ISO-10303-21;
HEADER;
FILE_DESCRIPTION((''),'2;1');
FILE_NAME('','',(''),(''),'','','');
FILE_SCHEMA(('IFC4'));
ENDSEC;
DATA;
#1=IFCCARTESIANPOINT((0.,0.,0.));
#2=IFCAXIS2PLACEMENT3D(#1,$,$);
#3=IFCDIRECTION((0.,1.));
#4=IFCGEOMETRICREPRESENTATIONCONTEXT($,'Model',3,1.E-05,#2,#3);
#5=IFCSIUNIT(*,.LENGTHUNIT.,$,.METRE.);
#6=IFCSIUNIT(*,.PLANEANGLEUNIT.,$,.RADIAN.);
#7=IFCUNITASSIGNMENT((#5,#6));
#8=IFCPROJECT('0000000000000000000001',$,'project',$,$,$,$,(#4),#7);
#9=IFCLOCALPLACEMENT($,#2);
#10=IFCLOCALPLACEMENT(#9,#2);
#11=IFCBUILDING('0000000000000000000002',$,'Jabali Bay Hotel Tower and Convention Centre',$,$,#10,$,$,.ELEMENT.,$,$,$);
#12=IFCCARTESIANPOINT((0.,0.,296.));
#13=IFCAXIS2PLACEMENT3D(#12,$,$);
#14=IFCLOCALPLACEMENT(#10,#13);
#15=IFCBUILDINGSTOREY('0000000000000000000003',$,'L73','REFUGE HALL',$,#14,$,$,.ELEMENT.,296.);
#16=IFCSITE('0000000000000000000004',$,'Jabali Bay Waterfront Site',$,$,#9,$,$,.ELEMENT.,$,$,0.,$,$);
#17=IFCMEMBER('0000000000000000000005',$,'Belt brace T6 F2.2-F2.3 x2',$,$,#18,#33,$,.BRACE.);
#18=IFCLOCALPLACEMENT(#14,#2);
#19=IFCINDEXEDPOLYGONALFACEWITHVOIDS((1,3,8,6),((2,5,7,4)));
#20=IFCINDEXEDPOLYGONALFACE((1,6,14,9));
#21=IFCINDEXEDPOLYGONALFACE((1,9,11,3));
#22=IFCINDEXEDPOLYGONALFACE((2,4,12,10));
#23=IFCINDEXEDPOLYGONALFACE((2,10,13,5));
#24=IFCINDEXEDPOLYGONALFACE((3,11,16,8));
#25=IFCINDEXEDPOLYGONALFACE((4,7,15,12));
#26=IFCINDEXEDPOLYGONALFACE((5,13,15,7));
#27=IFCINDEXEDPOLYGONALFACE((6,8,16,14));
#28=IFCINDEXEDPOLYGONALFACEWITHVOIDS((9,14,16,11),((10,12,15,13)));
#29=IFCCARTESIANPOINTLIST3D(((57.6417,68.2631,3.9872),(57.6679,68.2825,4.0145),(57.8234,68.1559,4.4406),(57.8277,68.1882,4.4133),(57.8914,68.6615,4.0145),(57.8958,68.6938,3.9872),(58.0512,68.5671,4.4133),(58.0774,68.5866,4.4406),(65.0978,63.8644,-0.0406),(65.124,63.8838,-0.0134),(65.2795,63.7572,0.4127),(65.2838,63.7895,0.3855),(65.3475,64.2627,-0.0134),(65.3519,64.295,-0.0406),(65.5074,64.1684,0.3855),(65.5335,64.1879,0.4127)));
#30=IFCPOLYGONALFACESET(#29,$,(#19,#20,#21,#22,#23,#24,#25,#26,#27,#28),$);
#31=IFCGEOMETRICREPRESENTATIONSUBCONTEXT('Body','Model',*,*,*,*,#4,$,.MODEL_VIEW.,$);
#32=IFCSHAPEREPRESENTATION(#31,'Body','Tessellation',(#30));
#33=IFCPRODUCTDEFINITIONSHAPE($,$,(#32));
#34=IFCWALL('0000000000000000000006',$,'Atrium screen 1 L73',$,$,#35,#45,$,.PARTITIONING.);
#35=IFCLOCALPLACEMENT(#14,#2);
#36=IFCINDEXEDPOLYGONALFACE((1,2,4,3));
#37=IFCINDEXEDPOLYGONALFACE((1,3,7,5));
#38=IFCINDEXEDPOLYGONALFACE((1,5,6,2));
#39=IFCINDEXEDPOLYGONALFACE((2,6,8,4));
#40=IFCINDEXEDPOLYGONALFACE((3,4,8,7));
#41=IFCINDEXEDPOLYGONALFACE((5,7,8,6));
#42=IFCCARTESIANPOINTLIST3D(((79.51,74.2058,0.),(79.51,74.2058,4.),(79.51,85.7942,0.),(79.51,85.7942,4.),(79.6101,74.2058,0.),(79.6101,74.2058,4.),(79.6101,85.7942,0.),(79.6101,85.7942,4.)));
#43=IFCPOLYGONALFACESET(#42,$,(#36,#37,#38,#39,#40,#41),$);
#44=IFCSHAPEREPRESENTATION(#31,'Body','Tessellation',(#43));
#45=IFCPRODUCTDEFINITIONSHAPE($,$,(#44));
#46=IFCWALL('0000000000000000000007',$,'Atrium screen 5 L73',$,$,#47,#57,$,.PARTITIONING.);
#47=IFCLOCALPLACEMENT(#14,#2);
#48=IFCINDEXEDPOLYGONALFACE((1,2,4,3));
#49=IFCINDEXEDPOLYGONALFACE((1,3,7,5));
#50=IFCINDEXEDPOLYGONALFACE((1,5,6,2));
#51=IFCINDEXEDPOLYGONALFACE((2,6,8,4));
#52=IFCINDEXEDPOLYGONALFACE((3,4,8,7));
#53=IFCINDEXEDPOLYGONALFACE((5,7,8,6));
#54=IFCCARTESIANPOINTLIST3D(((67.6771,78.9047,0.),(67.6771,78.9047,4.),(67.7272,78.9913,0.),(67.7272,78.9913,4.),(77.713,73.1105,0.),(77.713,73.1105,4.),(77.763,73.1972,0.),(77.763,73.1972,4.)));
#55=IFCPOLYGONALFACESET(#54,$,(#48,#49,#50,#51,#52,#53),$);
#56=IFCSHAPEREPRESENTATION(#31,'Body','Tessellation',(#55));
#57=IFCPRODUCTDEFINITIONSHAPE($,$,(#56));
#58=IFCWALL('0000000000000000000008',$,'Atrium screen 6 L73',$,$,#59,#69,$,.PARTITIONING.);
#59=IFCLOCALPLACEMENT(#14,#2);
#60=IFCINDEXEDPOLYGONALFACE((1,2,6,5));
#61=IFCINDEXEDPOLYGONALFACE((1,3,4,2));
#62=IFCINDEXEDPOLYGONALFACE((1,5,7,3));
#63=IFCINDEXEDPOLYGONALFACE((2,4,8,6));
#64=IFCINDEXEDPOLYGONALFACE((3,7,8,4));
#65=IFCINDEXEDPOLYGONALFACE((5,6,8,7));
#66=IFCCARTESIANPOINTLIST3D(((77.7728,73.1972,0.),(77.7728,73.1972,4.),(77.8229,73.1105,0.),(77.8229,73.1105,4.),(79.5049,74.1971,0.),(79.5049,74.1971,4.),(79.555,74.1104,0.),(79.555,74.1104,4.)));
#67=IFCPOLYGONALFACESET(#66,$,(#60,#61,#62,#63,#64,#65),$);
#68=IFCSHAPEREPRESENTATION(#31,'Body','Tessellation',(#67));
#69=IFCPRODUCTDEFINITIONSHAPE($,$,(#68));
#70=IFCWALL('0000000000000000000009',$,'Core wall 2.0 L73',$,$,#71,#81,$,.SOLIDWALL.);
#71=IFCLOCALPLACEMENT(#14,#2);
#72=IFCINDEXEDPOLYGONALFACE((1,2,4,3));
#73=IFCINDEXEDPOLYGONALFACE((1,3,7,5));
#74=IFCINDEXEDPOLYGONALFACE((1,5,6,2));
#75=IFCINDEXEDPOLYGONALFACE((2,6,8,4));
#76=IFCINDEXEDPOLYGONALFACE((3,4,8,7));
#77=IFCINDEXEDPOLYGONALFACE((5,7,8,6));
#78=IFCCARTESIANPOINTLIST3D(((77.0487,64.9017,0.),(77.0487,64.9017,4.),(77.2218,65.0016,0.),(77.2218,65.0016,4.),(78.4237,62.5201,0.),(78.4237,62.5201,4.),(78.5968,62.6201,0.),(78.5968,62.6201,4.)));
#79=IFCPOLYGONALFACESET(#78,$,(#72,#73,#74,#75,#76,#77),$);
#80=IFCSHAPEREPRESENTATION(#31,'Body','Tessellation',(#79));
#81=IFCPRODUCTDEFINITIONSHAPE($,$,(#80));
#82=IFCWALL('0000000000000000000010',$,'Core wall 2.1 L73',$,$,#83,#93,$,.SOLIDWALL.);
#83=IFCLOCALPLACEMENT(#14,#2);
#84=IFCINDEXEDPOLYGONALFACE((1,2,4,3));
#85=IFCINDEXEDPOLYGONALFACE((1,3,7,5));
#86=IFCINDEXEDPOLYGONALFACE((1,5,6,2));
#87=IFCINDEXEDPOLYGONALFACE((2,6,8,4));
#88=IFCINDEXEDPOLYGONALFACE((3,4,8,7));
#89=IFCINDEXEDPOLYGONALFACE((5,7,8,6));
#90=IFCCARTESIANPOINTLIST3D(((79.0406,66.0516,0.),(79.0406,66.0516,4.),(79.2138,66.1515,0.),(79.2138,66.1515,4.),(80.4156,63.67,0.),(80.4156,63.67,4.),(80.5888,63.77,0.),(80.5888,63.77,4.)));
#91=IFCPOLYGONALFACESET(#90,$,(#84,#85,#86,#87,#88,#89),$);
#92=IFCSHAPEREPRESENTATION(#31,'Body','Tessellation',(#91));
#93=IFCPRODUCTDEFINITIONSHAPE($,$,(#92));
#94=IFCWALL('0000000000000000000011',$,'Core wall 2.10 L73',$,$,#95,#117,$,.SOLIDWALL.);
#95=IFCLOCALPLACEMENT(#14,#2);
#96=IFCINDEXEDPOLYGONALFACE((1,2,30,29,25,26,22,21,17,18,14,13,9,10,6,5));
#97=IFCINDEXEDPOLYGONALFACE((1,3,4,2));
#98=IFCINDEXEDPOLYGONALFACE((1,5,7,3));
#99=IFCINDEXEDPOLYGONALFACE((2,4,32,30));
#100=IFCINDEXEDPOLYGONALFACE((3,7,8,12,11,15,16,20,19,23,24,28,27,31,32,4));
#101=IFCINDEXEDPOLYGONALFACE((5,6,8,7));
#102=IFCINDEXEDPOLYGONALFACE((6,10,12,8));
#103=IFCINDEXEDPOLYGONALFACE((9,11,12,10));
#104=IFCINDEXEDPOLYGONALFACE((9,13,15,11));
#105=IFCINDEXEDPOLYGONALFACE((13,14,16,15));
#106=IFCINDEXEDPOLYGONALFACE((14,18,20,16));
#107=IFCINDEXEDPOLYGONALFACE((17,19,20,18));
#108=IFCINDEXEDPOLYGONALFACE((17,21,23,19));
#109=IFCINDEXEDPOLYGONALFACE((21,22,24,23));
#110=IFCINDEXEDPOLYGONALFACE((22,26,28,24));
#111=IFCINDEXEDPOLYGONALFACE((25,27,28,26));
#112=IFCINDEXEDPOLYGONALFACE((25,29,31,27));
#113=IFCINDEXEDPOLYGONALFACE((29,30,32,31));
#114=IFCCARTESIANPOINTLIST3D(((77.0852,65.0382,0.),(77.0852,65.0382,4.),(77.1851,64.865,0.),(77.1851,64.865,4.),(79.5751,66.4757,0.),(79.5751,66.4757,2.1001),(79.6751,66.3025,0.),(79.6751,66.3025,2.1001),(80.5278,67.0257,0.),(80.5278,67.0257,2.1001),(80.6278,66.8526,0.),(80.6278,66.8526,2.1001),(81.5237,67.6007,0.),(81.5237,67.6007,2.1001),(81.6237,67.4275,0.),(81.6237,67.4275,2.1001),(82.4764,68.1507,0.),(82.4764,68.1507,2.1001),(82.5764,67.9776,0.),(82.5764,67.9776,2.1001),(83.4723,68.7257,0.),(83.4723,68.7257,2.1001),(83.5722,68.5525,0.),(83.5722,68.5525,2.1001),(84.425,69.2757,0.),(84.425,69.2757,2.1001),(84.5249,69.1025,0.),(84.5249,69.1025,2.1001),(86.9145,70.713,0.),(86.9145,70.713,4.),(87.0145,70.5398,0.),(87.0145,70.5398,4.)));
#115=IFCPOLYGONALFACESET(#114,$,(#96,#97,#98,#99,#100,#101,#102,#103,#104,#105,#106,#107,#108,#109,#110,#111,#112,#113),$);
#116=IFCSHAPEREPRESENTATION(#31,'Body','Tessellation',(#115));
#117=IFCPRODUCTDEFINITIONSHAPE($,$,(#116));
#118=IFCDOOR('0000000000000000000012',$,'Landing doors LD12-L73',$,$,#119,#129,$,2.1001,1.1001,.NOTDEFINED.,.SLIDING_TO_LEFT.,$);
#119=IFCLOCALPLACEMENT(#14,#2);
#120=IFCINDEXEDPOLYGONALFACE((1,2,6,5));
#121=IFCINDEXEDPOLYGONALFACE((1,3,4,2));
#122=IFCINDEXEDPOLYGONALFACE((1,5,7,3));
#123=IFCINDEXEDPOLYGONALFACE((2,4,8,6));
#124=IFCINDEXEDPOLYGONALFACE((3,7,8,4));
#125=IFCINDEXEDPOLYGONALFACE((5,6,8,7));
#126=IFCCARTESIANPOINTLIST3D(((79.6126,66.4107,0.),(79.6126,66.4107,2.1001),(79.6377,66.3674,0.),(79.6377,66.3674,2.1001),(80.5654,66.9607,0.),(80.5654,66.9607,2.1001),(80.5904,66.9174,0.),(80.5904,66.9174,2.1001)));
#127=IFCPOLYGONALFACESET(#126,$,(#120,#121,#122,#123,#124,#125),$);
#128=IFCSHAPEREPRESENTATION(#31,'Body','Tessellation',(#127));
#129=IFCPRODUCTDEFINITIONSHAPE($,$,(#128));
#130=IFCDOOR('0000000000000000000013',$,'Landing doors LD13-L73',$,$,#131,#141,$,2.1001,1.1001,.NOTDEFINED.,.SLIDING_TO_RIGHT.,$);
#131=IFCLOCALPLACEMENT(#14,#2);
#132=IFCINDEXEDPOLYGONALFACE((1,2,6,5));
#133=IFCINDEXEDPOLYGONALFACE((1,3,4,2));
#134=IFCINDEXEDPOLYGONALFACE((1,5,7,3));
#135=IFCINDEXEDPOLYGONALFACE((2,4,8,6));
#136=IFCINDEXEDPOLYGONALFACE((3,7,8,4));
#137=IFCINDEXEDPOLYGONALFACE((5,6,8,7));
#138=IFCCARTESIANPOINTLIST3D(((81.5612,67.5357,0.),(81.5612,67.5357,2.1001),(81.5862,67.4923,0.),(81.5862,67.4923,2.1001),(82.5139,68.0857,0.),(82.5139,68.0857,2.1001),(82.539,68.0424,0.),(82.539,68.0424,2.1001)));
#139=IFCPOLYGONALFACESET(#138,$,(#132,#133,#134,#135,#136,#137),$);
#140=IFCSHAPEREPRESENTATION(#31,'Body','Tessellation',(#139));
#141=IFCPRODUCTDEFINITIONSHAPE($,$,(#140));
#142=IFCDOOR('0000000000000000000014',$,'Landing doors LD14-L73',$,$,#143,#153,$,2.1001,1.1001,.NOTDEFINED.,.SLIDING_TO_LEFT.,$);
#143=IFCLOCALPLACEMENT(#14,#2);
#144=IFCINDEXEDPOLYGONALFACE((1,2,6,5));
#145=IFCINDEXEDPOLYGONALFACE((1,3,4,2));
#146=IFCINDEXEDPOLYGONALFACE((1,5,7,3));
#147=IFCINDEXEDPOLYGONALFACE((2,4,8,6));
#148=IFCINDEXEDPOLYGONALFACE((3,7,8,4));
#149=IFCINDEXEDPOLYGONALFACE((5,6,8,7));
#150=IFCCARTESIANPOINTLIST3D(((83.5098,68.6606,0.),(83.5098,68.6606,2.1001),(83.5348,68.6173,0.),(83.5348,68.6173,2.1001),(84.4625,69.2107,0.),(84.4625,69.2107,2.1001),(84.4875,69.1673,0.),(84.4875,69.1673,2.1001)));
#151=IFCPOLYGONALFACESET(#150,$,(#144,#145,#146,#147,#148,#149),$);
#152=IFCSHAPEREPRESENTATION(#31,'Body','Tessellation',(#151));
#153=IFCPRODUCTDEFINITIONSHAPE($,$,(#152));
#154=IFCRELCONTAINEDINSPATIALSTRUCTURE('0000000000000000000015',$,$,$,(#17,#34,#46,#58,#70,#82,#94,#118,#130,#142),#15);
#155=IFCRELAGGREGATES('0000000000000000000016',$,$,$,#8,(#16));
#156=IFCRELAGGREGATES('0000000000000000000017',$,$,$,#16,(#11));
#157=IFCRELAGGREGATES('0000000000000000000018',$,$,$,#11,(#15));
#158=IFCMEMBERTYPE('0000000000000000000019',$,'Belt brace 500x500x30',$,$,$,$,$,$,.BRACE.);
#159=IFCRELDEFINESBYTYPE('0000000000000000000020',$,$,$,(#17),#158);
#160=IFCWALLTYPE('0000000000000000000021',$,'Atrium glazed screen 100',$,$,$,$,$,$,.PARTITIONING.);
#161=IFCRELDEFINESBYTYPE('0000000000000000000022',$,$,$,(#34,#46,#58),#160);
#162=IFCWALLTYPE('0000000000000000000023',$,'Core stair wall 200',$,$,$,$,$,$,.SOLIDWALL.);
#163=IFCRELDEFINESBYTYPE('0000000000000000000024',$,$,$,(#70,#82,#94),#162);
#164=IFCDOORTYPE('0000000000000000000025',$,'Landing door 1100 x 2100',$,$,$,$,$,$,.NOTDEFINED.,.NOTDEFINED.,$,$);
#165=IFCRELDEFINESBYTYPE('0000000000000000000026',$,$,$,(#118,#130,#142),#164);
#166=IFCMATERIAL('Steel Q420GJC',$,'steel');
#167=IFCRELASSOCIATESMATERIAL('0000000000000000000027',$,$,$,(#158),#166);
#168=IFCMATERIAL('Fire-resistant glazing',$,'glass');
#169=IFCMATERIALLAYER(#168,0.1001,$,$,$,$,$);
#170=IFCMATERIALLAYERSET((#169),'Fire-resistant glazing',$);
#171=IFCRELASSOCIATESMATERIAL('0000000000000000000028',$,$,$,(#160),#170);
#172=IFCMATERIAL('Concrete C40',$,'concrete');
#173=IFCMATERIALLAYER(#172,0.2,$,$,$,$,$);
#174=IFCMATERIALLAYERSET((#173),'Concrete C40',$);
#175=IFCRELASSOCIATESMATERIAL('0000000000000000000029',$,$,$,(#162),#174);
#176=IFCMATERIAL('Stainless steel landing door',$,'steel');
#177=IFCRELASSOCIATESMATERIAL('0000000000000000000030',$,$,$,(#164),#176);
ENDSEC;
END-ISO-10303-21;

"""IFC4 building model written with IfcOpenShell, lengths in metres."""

from ifc_helpers import new_model, si_unit, direction, frame, frame_2d, origin, origin_2d, place, context, subcontext, project, spatial, rectangle, hollow_rectangle, extrude, material, layer, layer_set, material_profile, profile_set, type_object, element, fill, save


model = new_model("IFC4")

# Units and contexts
model_context = context("Model", 3, precision=1e-05, world=origin(), true_north=direction((0.0, 1.0)))
body_context = subcontext(model_context, "Body", "Model", "MODEL_VIEW")
ifc_project = project(units=[si_unit("LENGTHUNIT", "METRE"), si_unit("PLANEANGLEUNIT", "RADIAN")], contexts=[model_context])

# Site, building, storey
site_placement = place(None, origin())
site = spatial("IfcSite", under=ifc_project, at=site_placement, Name="Jabali Bay Waterfront Site", CompositionType="ELEMENT", RefElevation=0.0)
building_placement = place(site_placement, origin())
building = spatial("IfcBuilding", under=site, at=building_placement, Name="Jabali Bay Hotel Tower and Convention Centre", CompositionType="ELEMENT")
storey_placement = place(building_placement, frame((0.0, 0.0, 296.0)))
storey = spatial("IfcBuildingStorey", under=building, at=storey_placement, Name="L73", Description="REFUGE HALL", CompositionType="ELEMENT", Elevation=296.0)

# Member
ifc_material_1 = material(Name="Steel Q420GJC", Category="steel")
ifc_material_profile = material_profile(ifc_material_1, hollow_rectangle(XDim=0.5, YDim=0.5, WallThickness=0.03, at=origin_2d()), Name="Belt brace 500x500x30")
ifc_profile_set = profile_set([ifc_material_profile], Name="Steel Q420GJC")
member_type = type_object("IfcMemberType", Name="Belt brace 500x500x30", PredefinedType="BRACE", material=ifc_profile_set)
member_placement = place(storey_placement, frame((65.3157, 64.0261, 0.186), z_axis=(-0.780901, 0.460691, 0.42185), x_axis=(-0.508115, -0.861289, 0.0)))
element("IfcMember", 1, at=member_placement, inside=storey, type_object=member_type, Name="Belt brace T6 F2.2-F2.3 x2", PredefinedType="BRACE", context=body_context, shape_type="SweptSolid", body=[
    extrude(hollow_rectangle(XDim=0.5, YDim=0.5, WallThickness=0.03, at=origin_2d()), origin(), (0.0, 0.0, 1.0), 9.5481),
])

# Walls
ifc_material_2 = material(Name="Fire-resistant glazing", Category="glass")
ifc_layer_1 = layer(ifc_material_2, 0.1001)
ifc_layer_set_1 = layer_set([ifc_layer_1], Name="Fire-resistant glazing")
wall_type_1 = type_object("IfcWallType", Name="Atrium glazed screen 100", PredefinedType="PARTITIONING", material=ifc_layer_set_1)
for number, where, z_axis, x_axis, name in (
    (2, (79.5601, 74.2058, 0.0), (0.0, 0.0, 1.0), (0.0, 1.0, 0.0), "Atrium screen 1 L73"),
    (3, (67.7021, 78.948, 0.0), (0.0, 0.0, 1.0), (0.866027, -0.499998, 0.0), "Atrium screen 5 L73"),
):
    element("IfcWall", number, at=place(storey_placement, frame(where, z_axis=z_axis, x_axis=x_axis)), inside=storey, type_object=wall_type_1, Name=name, PredefinedType="PARTITIONING", context=body_context, shape_type="SweptSolid", body=[
        extrude(rectangle(XDim=11.5884, YDim=0.1001, at=frame_2d((5.7942, 0.0))), origin(), (0.0, 0.0, 1.0), 4.0),
    ])
wall_1_placement = place(storey_placement, frame((77.7979, 73.1538, 0.0), z_axis=(0.0, 0.0, 1.0), x_axis=(0.866041, 0.499973, 0.0)))
element("IfcWall", 4, at=wall_1_placement, inside=storey, type_object=wall_type_1, Name="Atrium screen 6 L73", PredefinedType="PARTITIONING", context=body_context, shape_type="SweptSolid", body=[
    extrude(rectangle(XDim=2.0, YDim=0.1001, at=frame_2d((1.0, 0.0))), origin(), (0.0, 0.0, 1.0), 4.0),
])
ifc_material_3 = material(Name="Concrete C40", Category="concrete")
ifc_layer_2 = layer(ifc_material_3, 0.2)
ifc_layer_set_2 = layer_set([ifc_layer_2], Name="Concrete C40")
wall_type_2 = type_object("IfcWallType", Name="Core stair wall 200", PredefinedType="SOLIDWALL", material=ifc_layer_set_2)
for number, where, z_axis, x_axis, name in (
    (5, (77.1353, 64.9517, 0.0), (0.0, 0.0, 1.0), (0.499997, -0.866027, 0.0), "Core wall 2.0 L73"),
    (6, (79.1272, 66.1016, 0.0), (0.0, 0.0, 1.0), (0.499997, -0.866027, 0.0), "Core wall 2.1 L73"),
):
    element("IfcWall", number, at=place(storey_placement, frame(where, z_axis=z_axis, x_axis=x_axis)), inside=storey, type_object=wall_type_2, Name=name, PredefinedType="SOLIDWALL", context=body_context, shape_type="SweptSolid", body=[
        extrude(rectangle(XDim=2.75, YDim=0.2, at=frame_2d((1.375, 0.0))), origin(), (0.0, 0.0, 1.0), 4.0),
    ])

# Wall, openings, doors
wall_2_placement = place(storey_placement, frame((77.1353, 64.9517, 0.0), z_axis=(0.0, 0.0, 1.0), x_axis=(0.866032, 0.499989, 0.0)))
wall_2 = element("IfcWall", 7, at=wall_2_placement, inside=storey, type_object=wall_type_2, Name="Core wall 2.10 L73", PredefinedType="SOLIDWALL", context=body_context, shape_type="SweptSolid", body=[
    extrude(rectangle(XDim=11.3499, YDim=0.2, at=frame_2d((5.6748, 0.0))), origin(), (0.0, 0.0, 1.0), 4.0),
])
opening_1_placement = place(wall_2_placement, frame((2.875, 0.0, 0.0)))
opening_1 = element("IfcOpeningElement", 8, at=opening_1_placement, cuts=wall_2, PredefinedType="OPENING", context=body_context, shape_type="SweptSolid", body=[
    extrude(rectangle(XDim=1.1001, YDim=2.1001, at=frame_2d((0.55, 1.05))), frame((0.0, 0.1104, 0.0), z_axis=(0.0, -1.0, 0.0), x_axis=(1.0, 0.0, 0.0)), (0.0, 0.0, 1.0), 0.2209),
])
opening_2_placement = place(wall_2_placement, frame((5.125, 0.0, 0.0)))
opening_2 = element("IfcOpeningElement", 9, at=opening_2_placement, cuts=wall_2, PredefinedType="OPENING", context=body_context, shape_type="SweptSolid", body=[
    extrude(rectangle(XDim=1.1001, YDim=2.1001, at=frame_2d((0.55, 1.05))), frame((0.0, 0.1104, 0.0), z_axis=(0.0, -1.0, 0.0), x_axis=(1.0, 0.0, 0.0)), (0.0, 0.0, 1.0), 0.2209),
])
opening_3_placement = place(wall_2_placement, frame((7.375, 0.0, 0.0)))
opening_3 = element("IfcOpeningElement", 10, at=opening_3_placement, cuts=wall_2, PredefinedType="OPENING", context=body_context, shape_type="SweptSolid", body=[
    extrude(rectangle(XDim=1.1001, YDim=2.1001, at=frame_2d((0.55, 1.05))), frame((0.0, 0.1104, 0.0), z_axis=(0.0, -1.0, 0.0), x_axis=(1.0, 0.0, 0.0)), (0.0, 0.0, 1.0), 0.2209),
])
ifc_material_4 = material(Name="Stainless steel landing door", Category="steel")
door_type_1 = type_object("IfcDoorType", Name="Landing door 1100 x 2100", OperationType="NOTDEFINED", PredefinedType="NOTDEFINED", material=ifc_material_4)
door_1_placement = place(opening_1_placement, origin())
door_1 = element("IfcDoor", 11, at=door_1_placement, inside=storey, type_object=door_type_1, Name="Landing doors LD12-L73", OperationType="SLIDING_TO_LEFT", OverallHeight=2.1001, OverallWidth=1.1001, PredefinedType="NOTDEFINED", context=body_context, shape_type="SweptSolid", body=[
    extrude(rectangle(XDim=1.1001, YDim=2.1001, at=frame_2d((0.55, 1.05))), frame((0.0, 0.0249, 0.0), z_axis=(0.0, -1.0, 0.0), x_axis=(1.0, 0.0, 0.0)), (0.0, 0.0, 1.0), 0.05),
])
fill(opening_1, door_1)
door_2_placement = place(opening_2_placement, origin())
door_2 = element("IfcDoor", 12, at=door_2_placement, inside=storey, type_object=door_type_1, Name="Landing doors LD13-L73", OperationType="SLIDING_TO_RIGHT", OverallHeight=2.1001, OverallWidth=1.1001, PredefinedType="NOTDEFINED", context=body_context, shape_type="SweptSolid", body=[
    extrude(rectangle(XDim=1.1001, YDim=2.1001, at=frame_2d((0.55, 1.05))), frame((0.0, 0.0249, 0.0), z_axis=(0.0, -1.0, 0.0), x_axis=(1.0, 0.0, 0.0)), (0.0, 0.0, 1.0), 0.05),
])
fill(opening_2, door_2)
door_3_placement = place(opening_3_placement, origin())
door_3 = element("IfcDoor", 13, at=door_3_placement, inside=storey, type_object=door_type_1, Name="Landing doors LD14-L73", OperationType="SLIDING_TO_LEFT", OverallHeight=2.1001, OverallWidth=1.1001, PredefinedType="NOTDEFINED", context=body_context, shape_type="SweptSolid", body=[
    extrude(rectangle(XDim=1.1001, YDim=2.1001, at=frame_2d((0.55, 1.05))), frame((0.0, 0.0249, 0.0), z_axis=(0.0, -1.0, 0.0), x_axis=(1.0, 0.0, 0.0)), (0.0, 0.0, 1.0), 0.05),
])
fill(opening_3, door_3)

save(model, "model.ifc")
